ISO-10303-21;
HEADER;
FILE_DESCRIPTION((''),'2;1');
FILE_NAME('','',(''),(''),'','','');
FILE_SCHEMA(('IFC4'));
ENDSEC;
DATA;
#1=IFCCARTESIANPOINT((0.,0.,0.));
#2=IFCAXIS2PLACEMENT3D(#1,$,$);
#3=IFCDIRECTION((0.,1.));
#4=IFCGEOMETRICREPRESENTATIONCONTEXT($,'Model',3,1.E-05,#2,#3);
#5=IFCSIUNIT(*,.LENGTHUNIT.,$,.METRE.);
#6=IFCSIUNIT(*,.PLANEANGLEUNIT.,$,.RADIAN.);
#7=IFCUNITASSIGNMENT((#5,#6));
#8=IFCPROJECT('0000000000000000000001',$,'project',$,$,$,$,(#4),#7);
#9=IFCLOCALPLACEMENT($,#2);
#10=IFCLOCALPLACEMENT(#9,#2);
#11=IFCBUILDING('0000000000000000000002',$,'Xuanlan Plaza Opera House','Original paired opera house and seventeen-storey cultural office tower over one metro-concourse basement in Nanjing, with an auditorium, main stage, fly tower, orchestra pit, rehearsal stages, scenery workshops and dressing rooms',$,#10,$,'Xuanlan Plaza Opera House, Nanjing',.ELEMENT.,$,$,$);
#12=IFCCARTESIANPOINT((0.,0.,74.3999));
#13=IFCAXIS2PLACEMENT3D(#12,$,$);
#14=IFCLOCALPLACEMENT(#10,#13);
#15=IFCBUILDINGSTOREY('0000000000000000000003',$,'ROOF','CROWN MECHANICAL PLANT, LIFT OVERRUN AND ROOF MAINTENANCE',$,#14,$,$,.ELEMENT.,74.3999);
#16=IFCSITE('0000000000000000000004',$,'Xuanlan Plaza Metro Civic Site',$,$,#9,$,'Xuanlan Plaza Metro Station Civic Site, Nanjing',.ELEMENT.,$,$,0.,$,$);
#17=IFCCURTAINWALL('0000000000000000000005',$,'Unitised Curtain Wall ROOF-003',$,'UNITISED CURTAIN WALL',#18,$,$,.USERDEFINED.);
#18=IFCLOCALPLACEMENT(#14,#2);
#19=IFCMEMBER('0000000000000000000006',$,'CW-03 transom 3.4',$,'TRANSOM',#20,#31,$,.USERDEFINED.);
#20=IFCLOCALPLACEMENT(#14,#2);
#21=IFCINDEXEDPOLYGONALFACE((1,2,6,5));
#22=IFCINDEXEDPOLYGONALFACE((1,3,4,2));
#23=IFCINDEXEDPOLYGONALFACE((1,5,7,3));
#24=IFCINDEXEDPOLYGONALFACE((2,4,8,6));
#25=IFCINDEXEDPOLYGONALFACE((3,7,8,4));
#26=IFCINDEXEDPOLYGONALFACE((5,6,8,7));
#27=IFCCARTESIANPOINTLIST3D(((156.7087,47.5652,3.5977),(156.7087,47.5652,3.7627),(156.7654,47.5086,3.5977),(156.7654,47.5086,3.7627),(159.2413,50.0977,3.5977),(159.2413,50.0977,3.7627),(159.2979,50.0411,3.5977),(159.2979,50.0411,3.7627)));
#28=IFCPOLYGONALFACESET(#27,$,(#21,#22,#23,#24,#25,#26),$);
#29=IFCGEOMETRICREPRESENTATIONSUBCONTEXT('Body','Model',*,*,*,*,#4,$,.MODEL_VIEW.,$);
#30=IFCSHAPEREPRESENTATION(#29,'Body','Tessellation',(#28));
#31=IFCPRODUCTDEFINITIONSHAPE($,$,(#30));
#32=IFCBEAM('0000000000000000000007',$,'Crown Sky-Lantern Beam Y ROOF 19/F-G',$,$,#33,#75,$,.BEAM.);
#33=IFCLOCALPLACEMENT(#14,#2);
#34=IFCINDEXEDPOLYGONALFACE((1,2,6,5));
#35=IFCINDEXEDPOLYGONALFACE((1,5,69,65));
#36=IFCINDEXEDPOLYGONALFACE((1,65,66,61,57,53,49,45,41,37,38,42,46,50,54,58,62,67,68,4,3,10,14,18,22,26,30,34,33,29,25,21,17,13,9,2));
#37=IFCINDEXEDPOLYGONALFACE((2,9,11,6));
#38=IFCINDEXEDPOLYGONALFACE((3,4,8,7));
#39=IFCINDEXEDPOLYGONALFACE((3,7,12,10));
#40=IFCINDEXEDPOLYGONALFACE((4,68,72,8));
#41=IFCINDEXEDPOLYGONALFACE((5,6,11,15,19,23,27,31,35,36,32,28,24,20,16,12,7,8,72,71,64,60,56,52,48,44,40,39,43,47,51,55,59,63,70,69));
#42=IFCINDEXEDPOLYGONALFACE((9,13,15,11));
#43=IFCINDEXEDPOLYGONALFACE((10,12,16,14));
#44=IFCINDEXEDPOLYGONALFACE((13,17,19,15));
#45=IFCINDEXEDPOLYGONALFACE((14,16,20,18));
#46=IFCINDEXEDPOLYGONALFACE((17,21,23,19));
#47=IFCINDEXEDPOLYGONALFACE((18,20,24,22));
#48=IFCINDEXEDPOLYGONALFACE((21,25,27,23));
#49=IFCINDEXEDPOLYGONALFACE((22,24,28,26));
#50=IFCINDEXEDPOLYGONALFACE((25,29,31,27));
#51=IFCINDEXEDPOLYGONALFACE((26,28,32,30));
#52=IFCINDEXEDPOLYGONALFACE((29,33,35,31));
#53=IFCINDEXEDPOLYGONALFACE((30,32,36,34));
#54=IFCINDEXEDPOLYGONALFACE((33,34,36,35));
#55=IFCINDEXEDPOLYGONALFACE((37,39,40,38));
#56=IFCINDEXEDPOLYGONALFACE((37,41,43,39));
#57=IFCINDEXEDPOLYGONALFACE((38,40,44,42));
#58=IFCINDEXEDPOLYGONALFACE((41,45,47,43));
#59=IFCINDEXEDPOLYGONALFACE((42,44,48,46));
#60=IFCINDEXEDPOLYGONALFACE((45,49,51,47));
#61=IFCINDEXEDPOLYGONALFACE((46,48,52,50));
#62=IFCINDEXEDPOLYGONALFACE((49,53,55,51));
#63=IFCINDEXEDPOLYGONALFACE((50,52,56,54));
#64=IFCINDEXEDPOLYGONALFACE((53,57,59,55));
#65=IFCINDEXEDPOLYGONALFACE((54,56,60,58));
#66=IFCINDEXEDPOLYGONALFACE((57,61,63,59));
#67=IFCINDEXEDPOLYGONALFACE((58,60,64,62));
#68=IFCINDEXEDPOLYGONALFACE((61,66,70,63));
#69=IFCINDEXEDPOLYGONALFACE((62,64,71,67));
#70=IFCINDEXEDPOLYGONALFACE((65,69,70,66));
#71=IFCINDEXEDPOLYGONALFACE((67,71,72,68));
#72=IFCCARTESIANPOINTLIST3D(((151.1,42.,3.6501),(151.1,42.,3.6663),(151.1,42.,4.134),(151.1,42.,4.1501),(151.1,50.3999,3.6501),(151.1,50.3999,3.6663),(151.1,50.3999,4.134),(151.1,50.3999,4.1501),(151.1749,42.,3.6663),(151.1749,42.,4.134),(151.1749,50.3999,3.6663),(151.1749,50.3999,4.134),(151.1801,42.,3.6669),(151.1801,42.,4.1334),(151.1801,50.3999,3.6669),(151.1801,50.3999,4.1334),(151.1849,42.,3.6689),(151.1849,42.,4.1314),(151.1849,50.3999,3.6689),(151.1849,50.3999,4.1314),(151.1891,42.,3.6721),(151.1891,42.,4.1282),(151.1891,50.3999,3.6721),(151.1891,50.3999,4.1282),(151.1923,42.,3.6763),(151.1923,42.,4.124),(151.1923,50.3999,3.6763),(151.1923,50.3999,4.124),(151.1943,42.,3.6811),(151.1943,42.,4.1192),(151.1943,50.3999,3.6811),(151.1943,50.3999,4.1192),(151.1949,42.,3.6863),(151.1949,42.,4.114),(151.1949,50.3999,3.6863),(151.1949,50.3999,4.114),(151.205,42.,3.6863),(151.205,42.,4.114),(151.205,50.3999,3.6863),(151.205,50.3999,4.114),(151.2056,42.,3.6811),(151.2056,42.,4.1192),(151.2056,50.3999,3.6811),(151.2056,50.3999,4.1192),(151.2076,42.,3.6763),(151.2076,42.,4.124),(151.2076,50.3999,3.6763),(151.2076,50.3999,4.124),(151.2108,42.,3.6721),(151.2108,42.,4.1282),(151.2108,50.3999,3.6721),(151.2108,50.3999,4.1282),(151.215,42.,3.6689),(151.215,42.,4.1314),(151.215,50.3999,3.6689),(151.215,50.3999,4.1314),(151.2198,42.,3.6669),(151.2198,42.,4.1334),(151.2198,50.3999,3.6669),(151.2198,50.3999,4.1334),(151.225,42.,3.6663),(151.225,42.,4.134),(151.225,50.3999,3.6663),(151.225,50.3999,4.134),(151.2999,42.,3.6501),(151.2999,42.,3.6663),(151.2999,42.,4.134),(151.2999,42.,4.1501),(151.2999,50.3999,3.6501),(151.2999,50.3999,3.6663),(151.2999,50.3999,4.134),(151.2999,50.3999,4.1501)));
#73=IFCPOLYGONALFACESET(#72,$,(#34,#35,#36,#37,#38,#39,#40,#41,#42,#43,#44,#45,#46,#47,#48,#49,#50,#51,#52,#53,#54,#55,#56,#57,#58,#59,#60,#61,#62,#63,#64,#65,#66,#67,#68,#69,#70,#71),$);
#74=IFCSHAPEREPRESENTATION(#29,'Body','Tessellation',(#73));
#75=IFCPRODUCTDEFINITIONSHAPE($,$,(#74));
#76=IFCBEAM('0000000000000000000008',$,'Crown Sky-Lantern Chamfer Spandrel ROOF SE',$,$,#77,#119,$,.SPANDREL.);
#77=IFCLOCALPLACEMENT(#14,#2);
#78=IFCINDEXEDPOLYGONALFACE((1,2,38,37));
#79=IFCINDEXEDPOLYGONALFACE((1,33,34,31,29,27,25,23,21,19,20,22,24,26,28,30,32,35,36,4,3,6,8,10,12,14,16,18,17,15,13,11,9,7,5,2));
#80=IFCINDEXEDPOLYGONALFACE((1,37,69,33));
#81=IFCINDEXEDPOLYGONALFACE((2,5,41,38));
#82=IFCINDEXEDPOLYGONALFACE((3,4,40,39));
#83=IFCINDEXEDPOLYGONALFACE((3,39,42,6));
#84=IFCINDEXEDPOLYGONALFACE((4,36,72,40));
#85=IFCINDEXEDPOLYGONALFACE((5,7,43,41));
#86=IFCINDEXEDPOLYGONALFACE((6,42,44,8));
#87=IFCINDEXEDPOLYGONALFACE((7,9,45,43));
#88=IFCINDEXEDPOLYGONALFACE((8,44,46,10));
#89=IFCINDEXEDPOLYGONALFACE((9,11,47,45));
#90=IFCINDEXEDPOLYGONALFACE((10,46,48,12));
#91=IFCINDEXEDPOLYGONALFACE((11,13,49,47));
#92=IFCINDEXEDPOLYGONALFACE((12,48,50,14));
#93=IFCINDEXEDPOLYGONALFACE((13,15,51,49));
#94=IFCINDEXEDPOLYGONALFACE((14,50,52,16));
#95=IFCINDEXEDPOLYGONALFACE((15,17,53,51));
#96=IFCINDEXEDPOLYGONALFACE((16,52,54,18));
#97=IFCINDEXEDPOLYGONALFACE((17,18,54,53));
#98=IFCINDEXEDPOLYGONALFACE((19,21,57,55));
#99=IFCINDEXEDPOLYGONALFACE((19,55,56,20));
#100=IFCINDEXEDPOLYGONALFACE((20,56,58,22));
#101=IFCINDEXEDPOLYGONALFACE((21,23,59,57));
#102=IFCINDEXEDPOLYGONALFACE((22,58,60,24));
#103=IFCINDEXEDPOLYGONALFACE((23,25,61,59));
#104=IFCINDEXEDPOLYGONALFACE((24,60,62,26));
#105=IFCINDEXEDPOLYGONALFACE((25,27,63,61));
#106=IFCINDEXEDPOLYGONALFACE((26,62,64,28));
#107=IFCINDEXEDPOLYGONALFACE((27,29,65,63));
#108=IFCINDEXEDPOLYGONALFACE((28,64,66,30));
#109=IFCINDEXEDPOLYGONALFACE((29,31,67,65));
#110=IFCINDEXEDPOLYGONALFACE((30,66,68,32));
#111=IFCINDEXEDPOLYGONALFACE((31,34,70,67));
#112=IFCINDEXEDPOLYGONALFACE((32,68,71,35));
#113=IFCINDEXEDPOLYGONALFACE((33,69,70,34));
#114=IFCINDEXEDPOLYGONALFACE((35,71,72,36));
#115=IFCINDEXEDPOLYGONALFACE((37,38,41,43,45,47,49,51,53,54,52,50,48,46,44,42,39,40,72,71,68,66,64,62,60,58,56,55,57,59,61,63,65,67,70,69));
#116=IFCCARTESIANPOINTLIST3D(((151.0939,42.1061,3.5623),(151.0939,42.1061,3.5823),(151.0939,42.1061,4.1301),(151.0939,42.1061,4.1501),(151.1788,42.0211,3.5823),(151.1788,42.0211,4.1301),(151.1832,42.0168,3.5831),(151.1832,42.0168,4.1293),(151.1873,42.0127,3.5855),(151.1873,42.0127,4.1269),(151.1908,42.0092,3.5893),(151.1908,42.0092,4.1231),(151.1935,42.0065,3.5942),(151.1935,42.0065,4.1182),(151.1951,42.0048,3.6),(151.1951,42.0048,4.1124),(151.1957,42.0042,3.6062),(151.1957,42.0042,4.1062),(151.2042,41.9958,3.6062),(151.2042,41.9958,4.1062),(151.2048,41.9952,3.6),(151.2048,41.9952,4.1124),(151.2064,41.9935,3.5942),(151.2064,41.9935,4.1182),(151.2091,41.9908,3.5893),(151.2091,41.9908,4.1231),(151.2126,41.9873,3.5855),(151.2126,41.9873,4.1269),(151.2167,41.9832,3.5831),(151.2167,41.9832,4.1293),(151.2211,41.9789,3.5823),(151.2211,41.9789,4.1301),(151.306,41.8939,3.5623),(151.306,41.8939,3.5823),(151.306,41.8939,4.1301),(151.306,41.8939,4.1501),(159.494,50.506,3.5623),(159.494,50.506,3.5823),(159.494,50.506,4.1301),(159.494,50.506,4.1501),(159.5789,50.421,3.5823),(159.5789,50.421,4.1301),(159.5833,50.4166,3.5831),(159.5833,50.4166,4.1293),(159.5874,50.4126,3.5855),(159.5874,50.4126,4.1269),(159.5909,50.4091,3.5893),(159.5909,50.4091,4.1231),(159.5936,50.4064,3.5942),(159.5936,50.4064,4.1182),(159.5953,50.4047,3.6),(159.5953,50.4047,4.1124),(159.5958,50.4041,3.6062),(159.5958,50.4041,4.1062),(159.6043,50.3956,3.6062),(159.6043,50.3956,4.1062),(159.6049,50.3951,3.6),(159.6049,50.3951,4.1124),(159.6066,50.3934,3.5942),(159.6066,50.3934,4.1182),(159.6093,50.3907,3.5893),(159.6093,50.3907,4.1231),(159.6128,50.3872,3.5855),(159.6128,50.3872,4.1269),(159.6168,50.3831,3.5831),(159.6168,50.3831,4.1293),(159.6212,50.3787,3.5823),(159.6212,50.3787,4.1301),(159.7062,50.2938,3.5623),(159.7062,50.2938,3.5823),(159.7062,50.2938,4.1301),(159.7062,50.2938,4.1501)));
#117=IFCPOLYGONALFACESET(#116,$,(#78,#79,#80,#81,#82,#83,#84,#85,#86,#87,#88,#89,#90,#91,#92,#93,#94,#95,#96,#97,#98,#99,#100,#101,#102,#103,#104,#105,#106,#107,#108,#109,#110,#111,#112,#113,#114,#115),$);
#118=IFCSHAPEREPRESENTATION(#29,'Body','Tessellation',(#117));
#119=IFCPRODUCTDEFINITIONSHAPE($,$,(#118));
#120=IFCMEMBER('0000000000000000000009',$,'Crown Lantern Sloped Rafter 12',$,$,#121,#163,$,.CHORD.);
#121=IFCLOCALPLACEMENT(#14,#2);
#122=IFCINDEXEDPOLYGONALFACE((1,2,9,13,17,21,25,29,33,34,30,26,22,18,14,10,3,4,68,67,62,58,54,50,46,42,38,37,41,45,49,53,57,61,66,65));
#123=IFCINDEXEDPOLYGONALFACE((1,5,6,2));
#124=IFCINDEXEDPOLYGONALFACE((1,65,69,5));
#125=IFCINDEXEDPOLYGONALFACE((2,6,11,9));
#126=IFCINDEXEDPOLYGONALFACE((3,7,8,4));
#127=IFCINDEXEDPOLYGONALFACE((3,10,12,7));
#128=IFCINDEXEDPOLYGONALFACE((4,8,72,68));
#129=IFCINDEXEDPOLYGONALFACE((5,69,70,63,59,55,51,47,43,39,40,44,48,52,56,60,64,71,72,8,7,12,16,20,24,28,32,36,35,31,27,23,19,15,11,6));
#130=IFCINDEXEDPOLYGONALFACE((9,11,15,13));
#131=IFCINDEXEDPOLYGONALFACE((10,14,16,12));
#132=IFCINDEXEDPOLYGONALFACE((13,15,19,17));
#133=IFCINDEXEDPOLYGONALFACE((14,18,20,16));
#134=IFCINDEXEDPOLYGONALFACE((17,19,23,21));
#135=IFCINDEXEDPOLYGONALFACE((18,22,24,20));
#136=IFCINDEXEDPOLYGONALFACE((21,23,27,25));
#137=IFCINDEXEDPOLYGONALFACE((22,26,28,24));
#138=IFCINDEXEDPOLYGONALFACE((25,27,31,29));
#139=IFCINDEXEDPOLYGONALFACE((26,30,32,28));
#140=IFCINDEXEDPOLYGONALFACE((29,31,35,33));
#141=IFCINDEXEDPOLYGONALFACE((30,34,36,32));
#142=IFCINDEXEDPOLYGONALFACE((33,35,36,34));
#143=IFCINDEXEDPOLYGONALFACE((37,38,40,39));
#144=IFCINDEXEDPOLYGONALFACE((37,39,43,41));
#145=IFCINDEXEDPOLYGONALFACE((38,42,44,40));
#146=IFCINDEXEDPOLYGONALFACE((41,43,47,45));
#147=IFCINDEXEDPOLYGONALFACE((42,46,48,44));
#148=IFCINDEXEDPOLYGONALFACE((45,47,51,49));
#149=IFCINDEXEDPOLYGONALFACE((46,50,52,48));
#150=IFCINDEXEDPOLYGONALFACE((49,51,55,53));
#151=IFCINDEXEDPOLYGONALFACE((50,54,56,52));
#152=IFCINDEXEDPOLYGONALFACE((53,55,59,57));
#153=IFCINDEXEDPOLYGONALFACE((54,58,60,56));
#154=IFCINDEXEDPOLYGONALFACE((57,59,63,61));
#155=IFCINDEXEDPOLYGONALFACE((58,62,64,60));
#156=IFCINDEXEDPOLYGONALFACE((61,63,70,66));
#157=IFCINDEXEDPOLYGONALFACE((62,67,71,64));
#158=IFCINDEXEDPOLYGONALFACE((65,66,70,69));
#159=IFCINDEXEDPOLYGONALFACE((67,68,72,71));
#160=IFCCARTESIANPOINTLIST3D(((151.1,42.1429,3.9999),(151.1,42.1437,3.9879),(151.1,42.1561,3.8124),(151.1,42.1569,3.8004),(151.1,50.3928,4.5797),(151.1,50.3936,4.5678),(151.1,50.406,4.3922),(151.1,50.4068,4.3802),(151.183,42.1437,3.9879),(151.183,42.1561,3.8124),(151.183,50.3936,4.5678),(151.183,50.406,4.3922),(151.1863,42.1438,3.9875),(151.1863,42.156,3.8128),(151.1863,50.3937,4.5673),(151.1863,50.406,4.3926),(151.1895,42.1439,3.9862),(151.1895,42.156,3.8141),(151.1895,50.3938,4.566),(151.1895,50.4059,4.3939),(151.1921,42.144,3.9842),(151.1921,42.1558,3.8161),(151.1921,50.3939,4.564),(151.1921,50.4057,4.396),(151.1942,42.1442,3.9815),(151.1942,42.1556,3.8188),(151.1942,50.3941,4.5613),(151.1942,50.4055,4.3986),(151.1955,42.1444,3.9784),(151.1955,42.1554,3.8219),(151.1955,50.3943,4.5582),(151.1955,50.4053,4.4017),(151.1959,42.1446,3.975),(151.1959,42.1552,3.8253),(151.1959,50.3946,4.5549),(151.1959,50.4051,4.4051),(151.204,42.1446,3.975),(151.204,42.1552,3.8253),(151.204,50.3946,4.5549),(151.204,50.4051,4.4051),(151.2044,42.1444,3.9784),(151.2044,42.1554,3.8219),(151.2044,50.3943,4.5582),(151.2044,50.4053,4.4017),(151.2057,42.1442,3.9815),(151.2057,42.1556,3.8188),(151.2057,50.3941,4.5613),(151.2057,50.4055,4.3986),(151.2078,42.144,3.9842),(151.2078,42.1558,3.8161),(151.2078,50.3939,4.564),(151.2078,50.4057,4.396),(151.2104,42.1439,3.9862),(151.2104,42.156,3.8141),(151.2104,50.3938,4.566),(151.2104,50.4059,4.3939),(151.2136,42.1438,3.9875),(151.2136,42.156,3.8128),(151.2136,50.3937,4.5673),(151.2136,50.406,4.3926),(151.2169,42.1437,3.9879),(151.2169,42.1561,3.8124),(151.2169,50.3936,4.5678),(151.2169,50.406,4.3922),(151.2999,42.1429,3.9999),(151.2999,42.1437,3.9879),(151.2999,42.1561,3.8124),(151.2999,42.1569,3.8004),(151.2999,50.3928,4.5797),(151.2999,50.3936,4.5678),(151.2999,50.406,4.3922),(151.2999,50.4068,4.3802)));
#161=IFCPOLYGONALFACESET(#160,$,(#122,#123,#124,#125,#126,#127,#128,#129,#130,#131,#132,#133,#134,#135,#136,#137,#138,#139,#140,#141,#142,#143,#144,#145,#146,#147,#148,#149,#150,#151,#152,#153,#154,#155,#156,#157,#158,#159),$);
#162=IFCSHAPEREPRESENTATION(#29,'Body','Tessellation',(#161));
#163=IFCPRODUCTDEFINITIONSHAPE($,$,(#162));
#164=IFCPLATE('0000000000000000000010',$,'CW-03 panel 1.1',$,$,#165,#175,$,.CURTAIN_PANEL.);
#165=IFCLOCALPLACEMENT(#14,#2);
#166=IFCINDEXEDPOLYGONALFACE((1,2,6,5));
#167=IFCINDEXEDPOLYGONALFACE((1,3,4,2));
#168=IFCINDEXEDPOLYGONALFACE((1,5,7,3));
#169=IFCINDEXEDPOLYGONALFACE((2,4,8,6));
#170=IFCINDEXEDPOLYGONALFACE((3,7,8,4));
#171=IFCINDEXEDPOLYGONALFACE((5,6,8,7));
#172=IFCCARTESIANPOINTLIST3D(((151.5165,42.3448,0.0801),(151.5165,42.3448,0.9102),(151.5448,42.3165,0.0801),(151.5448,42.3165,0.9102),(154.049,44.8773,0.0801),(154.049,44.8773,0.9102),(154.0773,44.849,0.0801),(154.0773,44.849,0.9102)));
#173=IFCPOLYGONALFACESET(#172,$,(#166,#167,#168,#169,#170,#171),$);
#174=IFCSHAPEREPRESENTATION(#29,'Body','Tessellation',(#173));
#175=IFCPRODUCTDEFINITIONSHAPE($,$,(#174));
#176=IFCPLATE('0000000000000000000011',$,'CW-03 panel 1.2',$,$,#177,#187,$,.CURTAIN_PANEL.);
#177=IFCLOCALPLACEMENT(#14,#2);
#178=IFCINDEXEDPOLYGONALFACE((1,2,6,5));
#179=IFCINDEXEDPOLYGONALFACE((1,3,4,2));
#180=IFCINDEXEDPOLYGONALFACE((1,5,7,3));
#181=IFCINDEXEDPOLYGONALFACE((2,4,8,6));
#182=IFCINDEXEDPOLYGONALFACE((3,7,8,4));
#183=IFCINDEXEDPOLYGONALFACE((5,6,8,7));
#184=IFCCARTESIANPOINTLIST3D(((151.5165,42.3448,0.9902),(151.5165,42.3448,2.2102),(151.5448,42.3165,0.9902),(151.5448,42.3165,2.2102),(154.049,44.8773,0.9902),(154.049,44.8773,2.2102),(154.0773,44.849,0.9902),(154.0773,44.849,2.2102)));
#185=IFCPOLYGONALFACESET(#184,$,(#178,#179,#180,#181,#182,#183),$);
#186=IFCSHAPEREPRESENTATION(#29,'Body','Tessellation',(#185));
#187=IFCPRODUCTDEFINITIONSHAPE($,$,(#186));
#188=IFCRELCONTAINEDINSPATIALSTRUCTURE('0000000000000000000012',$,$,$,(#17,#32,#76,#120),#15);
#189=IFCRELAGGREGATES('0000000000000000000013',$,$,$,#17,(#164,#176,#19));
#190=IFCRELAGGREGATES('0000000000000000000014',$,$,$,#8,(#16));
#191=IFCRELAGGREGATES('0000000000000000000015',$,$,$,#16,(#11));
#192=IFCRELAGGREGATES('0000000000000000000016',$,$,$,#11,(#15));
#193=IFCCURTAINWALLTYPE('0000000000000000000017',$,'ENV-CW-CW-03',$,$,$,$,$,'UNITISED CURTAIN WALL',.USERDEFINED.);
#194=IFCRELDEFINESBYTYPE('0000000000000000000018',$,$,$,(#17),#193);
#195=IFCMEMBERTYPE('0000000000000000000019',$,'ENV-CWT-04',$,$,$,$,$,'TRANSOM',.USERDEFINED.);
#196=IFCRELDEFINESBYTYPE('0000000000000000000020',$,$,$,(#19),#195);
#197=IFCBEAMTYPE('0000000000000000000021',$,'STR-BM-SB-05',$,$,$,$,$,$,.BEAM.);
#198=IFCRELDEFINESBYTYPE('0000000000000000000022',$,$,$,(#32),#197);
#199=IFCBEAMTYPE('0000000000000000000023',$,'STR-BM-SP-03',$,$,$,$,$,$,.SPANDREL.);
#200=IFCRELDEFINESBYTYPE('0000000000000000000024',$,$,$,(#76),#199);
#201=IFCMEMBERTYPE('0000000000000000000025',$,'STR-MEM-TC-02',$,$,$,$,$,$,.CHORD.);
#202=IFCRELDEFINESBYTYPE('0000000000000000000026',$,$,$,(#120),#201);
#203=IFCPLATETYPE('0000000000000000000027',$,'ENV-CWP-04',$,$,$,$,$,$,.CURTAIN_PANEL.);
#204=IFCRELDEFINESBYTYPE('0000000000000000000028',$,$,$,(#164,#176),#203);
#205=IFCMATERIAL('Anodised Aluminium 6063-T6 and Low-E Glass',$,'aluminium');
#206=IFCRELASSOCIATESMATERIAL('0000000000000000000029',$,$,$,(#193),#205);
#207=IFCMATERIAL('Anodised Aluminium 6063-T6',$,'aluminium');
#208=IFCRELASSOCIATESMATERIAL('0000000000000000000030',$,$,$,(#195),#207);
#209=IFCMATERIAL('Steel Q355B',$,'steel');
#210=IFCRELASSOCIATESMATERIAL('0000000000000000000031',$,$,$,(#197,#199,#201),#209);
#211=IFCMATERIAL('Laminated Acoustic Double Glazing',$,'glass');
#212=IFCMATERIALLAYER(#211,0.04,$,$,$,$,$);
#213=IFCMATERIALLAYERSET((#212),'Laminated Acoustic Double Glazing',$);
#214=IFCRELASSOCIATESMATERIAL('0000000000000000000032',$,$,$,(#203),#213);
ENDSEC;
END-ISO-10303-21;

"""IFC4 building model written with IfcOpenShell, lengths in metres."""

from ifc_helpers import new_model, si_unit, direction, frame, origin, origin_2d, place, context, subcontext, project, spatial, rectangle, i_section, extrude, material, layer, layer_set, material_profile, profile_set, type_object, element, aggregate, save


model = new_model("IFC4")

# Units and contexts
model_context = context("Model", 3, precision=1e-05, world=origin(), true_north=direction((0.0, 1.0)))
body_context = subcontext(model_context, "Body", "Model", "MODEL_VIEW")
ifc_project = project(units=[si_unit("LENGTHUNIT", "METRE"), si_unit("PLANEANGLEUNIT", "RADIAN")], contexts=[model_context])

# Site, building, storey
site_placement = place(None, origin())
site = spatial("IfcSite", under=ifc_project, at=site_placement, Name="Xuanlan Plaza Metro Civic Site", LongName="Xuanlan Plaza Metro Station Civic Site, Nanjing", CompositionType="ELEMENT", RefElevation=0.0)
building_placement = place(site_placement, origin())
building = spatial("IfcBuilding", under=site, at=building_placement, Name="Xuanlan Plaza Opera House", Description="Original paired opera house and seventeen-storey cultural office tower over one metro-concourse basement in Nanjing, with an auditorium, main stage, fly tower, orchestra pit, rehearsal stages, scenery workshops and dressing rooms", LongName="Xuanlan Plaza Opera House, Nanjing", CompositionType="ELEMENT")
storey_placement = place(building_placement, frame((0.0, 0.0, 74.3999)))
storey = spatial("IfcBuildingStorey", under=building, at=storey_placement, Name="ROOF", Description="CROWN MECHANICAL PLANT, LIFT OVERRUN AND ROOF MAINTENANCE", CompositionType="ELEMENT", Elevation=74.3999)

# Curtain wall, member
ifc_material_1 = material(Name="Anodised Aluminium 6063-T6 and Low-E Glass", Category="aluminium")
curtain_wall_type = type_object("IfcCurtainWallType", Name="ENV-CW-CW-03", ElementType="UNITISED CURTAIN WALL", PredefinedType="USERDEFINED", material=ifc_material_1)
curtain_wall_placement = place(storey_placement, origin())
curtain_wall = element("IfcCurtainWall", 1, at=curtain_wall_placement, inside=storey, type_object=curtain_wall_type, Name="Unitised Curtain Wall ROOF-003", ObjectType="UNITISED CURTAIN WALL", PredefinedType="USERDEFINED")
ifc_material_2 = material(Name="Anodised Aluminium 6063-T6", Category="aluminium")
ifc_material_profile_1 = material_profile(ifc_material_2, rectangle(XDim=0.0801, YDim=0.165, at=origin_2d()), Name="ALU-T 80x165")
ifc_profile_set_1 = profile_set([ifc_material_profile_1], Name="Anodised Aluminium 6063-T6")
member_type_1 = type_object("IfcMemberType", Name="ENV-CWT-04", ElementType="TRANSOM", PredefinedType="USERDEFINED", material=ifc_profile_set_1)
member_1_placement = place(storey_placement, frame((156.7371, 47.5369, 3.6802), z_axis=(0.707107, 0.707107, 0.0), x_axis=(-0.707107, 0.707107, 0.0)))
member_1 = element("IfcMember", 2, at=member_1_placement, type_object=member_type_1, Name="CW-03 transom 3.4", ObjectType="TRANSOM", PredefinedType="USERDEFINED", context=body_context, shape_type="SweptSolid", body=[
    extrude(rectangle(XDim=0.0801, YDim=0.165, at=origin_2d()), origin(), (0.0, 0.0, 1.0), 3.5815),
])

# Beams
ifc_material_3 = material(Name="Steel Q355B", Category="steel")
ifc_material_profile_2 = material_profile(ifc_material_3, i_section(OverallWidth=0.2, OverallDepth=0.5, WebThickness=0.01, FlangeThickness=0.0161, FilletRadius=0.02, at=origin_2d()), Name="HN 500x200x10x16")
ifc_profile_set_2 = profile_set([ifc_material_profile_2], Name="Steel Q355B")
beam_type_1 = type_object("IfcBeamType", Name="STR-BM-SB-05", PredefinedType="BEAM", material=ifc_profile_set_2)
beam_1_placement = place(storey_placement, frame((151.2, 42.0, 3.9001), z_axis=(0.0, 1.0, 0.0), x_axis=(-1.0, 0.0, 0.0)))
element("IfcBeam", 3, at=beam_1_placement, inside=storey, type_object=beam_type_1, Name="Crown Sky-Lantern Beam Y ROOF 19/F-G", PredefinedType="BEAM", context=body_context, shape_type="SweptSolid", body=[
    extrude(i_section(OverallWidth=0.2, OverallDepth=0.5, WebThickness=0.01, FlangeThickness=0.0161, FilletRadius=0.02, at=origin_2d()), origin(), (0.0, 0.0, 1.0), 8.3999),
])
ifc_material_profile_3 = material_profile(ifc_material_3, i_section(OverallWidth=0.3, OverallDepth=0.5879, WebThickness=0.012, FlangeThickness=0.02, FilletRadius=0.0239, at=origin_2d()), Name="HM 588x300x12x20")
ifc_profile_set_3 = profile_set([ifc_material_profile_3], Name="Steel Q355B")
beam_type_2 = type_object("IfcBeamType", Name="STR-BM-SP-03", PredefinedType="SPANDREL", material=ifc_profile_set_3)
beam_2_placement = place(storey_placement, frame((151.2, 42.0, 3.8562), z_axis=(0.707117, 0.707097, 0.0), x_axis=(-0.707097, 0.707117, 0.0)))
element("IfcBeam", 4, at=beam_2_placement, inside=storey, type_object=beam_type_2, Name="Crown Sky-Lantern Chamfer Spandrel ROOF SE", PredefinedType="SPANDREL", context=body_context, shape_type="SweptSolid", body=[
    extrude(i_section(OverallWidth=0.3, OverallDepth=0.5879, WebThickness=0.012, FlangeThickness=0.02, FilletRadius=0.0239, at=origin_2d()), origin(), (0.0, 0.0, 1.0), 11.8794),
])

# Member
ifc_material_profile_4 = material_profile(ifc_material_3, i_section(OverallWidth=0.2, OverallDepth=0.2, WebThickness=0.0081, FlangeThickness=0.012, FilletRadius=0.0129, at=origin_2d()), Name="HW 200x200x8x12")
ifc_profile_set_4 = profile_set([ifc_material_profile_4], Name="Steel Q355B")
member_type_2 = type_object("IfcMemberType", Name="STR-MEM-TC-02", PredefinedType="CHORD", material=ifc_profile_set_4)
member_2_placement = place(storey_placement, frame((151.2, 42.1499, 3.9001), z_axis=(0.0, 0.997539, 0.07011), x_axis=(-1.0, 0.0, 0.0)))
element("IfcMember", 5, at=member_2_placement, inside=storey, type_object=member_type_2, Name="Crown Lantern Sloped Rafter 12", PredefinedType="CHORD", context=body_context, shape_type="SweptSolid", body=[
    extrude(i_section(OverallWidth=0.2, OverallDepth=0.2, WebThickness=0.0081, FlangeThickness=0.012, FilletRadius=0.0129, at=origin_2d()), origin(), (0.0, 0.0, 1.0), 8.2703),
])

# Plates
ifc_material_4 = material(Name="Laminated Acoustic Double Glazing", Category="glass")
ifc_layer_1 = layer(ifc_material_4, 0.04)
ifc_layer_set_1 = layer_set([ifc_layer_1], Name="Laminated Acoustic Double Glazing")
plate_type = type_object("IfcPlateType", Name="ENV-CWP-04", PredefinedType="CURTAIN_PANEL", material=ifc_layer_set_1)
plate_1_placement = place(storey_placement, frame((152.7969, 43.5969, 0.0801), z_axis=(0.0, 0.0, 1.0), x_axis=(0.707107, 0.707107, 0.0)))
plate_1 = element("IfcPlate", 6, at=plate_1_placement, type_object=plate_type, Name="CW-03 panel 1.1", PredefinedType="CURTAIN_PANEL", context=body_context, shape_type="SweptSolid", body=[
    extrude(rectangle(XDim=3.5815, YDim=0.04, at=origin_2d()), origin(), (0.0, 0.0, 1.0), 0.8301),
])
plate_2_placement = place(storey_placement, frame((152.7969, 43.5969, 0.9902), z_axis=(0.0, 0.0, 1.0), x_axis=(0.707107, 0.707107, 0.0)))
plate_2 = element("IfcPlate", 7, at=plate_2_placement, type_object=plate_type, Name="CW-03 panel 1.2", PredefinedType="CURTAIN_PANEL", context=body_context, shape_type="SweptSolid", body=[
    extrude(rectangle(XDim=3.5815, YDim=0.04, at=origin_2d()), origin(), (0.0, 0.0, 1.0), 1.22),
])
aggregate(curtain_wall, [plate_1, plate_2, member_1])

save(model, "model.ifc")
